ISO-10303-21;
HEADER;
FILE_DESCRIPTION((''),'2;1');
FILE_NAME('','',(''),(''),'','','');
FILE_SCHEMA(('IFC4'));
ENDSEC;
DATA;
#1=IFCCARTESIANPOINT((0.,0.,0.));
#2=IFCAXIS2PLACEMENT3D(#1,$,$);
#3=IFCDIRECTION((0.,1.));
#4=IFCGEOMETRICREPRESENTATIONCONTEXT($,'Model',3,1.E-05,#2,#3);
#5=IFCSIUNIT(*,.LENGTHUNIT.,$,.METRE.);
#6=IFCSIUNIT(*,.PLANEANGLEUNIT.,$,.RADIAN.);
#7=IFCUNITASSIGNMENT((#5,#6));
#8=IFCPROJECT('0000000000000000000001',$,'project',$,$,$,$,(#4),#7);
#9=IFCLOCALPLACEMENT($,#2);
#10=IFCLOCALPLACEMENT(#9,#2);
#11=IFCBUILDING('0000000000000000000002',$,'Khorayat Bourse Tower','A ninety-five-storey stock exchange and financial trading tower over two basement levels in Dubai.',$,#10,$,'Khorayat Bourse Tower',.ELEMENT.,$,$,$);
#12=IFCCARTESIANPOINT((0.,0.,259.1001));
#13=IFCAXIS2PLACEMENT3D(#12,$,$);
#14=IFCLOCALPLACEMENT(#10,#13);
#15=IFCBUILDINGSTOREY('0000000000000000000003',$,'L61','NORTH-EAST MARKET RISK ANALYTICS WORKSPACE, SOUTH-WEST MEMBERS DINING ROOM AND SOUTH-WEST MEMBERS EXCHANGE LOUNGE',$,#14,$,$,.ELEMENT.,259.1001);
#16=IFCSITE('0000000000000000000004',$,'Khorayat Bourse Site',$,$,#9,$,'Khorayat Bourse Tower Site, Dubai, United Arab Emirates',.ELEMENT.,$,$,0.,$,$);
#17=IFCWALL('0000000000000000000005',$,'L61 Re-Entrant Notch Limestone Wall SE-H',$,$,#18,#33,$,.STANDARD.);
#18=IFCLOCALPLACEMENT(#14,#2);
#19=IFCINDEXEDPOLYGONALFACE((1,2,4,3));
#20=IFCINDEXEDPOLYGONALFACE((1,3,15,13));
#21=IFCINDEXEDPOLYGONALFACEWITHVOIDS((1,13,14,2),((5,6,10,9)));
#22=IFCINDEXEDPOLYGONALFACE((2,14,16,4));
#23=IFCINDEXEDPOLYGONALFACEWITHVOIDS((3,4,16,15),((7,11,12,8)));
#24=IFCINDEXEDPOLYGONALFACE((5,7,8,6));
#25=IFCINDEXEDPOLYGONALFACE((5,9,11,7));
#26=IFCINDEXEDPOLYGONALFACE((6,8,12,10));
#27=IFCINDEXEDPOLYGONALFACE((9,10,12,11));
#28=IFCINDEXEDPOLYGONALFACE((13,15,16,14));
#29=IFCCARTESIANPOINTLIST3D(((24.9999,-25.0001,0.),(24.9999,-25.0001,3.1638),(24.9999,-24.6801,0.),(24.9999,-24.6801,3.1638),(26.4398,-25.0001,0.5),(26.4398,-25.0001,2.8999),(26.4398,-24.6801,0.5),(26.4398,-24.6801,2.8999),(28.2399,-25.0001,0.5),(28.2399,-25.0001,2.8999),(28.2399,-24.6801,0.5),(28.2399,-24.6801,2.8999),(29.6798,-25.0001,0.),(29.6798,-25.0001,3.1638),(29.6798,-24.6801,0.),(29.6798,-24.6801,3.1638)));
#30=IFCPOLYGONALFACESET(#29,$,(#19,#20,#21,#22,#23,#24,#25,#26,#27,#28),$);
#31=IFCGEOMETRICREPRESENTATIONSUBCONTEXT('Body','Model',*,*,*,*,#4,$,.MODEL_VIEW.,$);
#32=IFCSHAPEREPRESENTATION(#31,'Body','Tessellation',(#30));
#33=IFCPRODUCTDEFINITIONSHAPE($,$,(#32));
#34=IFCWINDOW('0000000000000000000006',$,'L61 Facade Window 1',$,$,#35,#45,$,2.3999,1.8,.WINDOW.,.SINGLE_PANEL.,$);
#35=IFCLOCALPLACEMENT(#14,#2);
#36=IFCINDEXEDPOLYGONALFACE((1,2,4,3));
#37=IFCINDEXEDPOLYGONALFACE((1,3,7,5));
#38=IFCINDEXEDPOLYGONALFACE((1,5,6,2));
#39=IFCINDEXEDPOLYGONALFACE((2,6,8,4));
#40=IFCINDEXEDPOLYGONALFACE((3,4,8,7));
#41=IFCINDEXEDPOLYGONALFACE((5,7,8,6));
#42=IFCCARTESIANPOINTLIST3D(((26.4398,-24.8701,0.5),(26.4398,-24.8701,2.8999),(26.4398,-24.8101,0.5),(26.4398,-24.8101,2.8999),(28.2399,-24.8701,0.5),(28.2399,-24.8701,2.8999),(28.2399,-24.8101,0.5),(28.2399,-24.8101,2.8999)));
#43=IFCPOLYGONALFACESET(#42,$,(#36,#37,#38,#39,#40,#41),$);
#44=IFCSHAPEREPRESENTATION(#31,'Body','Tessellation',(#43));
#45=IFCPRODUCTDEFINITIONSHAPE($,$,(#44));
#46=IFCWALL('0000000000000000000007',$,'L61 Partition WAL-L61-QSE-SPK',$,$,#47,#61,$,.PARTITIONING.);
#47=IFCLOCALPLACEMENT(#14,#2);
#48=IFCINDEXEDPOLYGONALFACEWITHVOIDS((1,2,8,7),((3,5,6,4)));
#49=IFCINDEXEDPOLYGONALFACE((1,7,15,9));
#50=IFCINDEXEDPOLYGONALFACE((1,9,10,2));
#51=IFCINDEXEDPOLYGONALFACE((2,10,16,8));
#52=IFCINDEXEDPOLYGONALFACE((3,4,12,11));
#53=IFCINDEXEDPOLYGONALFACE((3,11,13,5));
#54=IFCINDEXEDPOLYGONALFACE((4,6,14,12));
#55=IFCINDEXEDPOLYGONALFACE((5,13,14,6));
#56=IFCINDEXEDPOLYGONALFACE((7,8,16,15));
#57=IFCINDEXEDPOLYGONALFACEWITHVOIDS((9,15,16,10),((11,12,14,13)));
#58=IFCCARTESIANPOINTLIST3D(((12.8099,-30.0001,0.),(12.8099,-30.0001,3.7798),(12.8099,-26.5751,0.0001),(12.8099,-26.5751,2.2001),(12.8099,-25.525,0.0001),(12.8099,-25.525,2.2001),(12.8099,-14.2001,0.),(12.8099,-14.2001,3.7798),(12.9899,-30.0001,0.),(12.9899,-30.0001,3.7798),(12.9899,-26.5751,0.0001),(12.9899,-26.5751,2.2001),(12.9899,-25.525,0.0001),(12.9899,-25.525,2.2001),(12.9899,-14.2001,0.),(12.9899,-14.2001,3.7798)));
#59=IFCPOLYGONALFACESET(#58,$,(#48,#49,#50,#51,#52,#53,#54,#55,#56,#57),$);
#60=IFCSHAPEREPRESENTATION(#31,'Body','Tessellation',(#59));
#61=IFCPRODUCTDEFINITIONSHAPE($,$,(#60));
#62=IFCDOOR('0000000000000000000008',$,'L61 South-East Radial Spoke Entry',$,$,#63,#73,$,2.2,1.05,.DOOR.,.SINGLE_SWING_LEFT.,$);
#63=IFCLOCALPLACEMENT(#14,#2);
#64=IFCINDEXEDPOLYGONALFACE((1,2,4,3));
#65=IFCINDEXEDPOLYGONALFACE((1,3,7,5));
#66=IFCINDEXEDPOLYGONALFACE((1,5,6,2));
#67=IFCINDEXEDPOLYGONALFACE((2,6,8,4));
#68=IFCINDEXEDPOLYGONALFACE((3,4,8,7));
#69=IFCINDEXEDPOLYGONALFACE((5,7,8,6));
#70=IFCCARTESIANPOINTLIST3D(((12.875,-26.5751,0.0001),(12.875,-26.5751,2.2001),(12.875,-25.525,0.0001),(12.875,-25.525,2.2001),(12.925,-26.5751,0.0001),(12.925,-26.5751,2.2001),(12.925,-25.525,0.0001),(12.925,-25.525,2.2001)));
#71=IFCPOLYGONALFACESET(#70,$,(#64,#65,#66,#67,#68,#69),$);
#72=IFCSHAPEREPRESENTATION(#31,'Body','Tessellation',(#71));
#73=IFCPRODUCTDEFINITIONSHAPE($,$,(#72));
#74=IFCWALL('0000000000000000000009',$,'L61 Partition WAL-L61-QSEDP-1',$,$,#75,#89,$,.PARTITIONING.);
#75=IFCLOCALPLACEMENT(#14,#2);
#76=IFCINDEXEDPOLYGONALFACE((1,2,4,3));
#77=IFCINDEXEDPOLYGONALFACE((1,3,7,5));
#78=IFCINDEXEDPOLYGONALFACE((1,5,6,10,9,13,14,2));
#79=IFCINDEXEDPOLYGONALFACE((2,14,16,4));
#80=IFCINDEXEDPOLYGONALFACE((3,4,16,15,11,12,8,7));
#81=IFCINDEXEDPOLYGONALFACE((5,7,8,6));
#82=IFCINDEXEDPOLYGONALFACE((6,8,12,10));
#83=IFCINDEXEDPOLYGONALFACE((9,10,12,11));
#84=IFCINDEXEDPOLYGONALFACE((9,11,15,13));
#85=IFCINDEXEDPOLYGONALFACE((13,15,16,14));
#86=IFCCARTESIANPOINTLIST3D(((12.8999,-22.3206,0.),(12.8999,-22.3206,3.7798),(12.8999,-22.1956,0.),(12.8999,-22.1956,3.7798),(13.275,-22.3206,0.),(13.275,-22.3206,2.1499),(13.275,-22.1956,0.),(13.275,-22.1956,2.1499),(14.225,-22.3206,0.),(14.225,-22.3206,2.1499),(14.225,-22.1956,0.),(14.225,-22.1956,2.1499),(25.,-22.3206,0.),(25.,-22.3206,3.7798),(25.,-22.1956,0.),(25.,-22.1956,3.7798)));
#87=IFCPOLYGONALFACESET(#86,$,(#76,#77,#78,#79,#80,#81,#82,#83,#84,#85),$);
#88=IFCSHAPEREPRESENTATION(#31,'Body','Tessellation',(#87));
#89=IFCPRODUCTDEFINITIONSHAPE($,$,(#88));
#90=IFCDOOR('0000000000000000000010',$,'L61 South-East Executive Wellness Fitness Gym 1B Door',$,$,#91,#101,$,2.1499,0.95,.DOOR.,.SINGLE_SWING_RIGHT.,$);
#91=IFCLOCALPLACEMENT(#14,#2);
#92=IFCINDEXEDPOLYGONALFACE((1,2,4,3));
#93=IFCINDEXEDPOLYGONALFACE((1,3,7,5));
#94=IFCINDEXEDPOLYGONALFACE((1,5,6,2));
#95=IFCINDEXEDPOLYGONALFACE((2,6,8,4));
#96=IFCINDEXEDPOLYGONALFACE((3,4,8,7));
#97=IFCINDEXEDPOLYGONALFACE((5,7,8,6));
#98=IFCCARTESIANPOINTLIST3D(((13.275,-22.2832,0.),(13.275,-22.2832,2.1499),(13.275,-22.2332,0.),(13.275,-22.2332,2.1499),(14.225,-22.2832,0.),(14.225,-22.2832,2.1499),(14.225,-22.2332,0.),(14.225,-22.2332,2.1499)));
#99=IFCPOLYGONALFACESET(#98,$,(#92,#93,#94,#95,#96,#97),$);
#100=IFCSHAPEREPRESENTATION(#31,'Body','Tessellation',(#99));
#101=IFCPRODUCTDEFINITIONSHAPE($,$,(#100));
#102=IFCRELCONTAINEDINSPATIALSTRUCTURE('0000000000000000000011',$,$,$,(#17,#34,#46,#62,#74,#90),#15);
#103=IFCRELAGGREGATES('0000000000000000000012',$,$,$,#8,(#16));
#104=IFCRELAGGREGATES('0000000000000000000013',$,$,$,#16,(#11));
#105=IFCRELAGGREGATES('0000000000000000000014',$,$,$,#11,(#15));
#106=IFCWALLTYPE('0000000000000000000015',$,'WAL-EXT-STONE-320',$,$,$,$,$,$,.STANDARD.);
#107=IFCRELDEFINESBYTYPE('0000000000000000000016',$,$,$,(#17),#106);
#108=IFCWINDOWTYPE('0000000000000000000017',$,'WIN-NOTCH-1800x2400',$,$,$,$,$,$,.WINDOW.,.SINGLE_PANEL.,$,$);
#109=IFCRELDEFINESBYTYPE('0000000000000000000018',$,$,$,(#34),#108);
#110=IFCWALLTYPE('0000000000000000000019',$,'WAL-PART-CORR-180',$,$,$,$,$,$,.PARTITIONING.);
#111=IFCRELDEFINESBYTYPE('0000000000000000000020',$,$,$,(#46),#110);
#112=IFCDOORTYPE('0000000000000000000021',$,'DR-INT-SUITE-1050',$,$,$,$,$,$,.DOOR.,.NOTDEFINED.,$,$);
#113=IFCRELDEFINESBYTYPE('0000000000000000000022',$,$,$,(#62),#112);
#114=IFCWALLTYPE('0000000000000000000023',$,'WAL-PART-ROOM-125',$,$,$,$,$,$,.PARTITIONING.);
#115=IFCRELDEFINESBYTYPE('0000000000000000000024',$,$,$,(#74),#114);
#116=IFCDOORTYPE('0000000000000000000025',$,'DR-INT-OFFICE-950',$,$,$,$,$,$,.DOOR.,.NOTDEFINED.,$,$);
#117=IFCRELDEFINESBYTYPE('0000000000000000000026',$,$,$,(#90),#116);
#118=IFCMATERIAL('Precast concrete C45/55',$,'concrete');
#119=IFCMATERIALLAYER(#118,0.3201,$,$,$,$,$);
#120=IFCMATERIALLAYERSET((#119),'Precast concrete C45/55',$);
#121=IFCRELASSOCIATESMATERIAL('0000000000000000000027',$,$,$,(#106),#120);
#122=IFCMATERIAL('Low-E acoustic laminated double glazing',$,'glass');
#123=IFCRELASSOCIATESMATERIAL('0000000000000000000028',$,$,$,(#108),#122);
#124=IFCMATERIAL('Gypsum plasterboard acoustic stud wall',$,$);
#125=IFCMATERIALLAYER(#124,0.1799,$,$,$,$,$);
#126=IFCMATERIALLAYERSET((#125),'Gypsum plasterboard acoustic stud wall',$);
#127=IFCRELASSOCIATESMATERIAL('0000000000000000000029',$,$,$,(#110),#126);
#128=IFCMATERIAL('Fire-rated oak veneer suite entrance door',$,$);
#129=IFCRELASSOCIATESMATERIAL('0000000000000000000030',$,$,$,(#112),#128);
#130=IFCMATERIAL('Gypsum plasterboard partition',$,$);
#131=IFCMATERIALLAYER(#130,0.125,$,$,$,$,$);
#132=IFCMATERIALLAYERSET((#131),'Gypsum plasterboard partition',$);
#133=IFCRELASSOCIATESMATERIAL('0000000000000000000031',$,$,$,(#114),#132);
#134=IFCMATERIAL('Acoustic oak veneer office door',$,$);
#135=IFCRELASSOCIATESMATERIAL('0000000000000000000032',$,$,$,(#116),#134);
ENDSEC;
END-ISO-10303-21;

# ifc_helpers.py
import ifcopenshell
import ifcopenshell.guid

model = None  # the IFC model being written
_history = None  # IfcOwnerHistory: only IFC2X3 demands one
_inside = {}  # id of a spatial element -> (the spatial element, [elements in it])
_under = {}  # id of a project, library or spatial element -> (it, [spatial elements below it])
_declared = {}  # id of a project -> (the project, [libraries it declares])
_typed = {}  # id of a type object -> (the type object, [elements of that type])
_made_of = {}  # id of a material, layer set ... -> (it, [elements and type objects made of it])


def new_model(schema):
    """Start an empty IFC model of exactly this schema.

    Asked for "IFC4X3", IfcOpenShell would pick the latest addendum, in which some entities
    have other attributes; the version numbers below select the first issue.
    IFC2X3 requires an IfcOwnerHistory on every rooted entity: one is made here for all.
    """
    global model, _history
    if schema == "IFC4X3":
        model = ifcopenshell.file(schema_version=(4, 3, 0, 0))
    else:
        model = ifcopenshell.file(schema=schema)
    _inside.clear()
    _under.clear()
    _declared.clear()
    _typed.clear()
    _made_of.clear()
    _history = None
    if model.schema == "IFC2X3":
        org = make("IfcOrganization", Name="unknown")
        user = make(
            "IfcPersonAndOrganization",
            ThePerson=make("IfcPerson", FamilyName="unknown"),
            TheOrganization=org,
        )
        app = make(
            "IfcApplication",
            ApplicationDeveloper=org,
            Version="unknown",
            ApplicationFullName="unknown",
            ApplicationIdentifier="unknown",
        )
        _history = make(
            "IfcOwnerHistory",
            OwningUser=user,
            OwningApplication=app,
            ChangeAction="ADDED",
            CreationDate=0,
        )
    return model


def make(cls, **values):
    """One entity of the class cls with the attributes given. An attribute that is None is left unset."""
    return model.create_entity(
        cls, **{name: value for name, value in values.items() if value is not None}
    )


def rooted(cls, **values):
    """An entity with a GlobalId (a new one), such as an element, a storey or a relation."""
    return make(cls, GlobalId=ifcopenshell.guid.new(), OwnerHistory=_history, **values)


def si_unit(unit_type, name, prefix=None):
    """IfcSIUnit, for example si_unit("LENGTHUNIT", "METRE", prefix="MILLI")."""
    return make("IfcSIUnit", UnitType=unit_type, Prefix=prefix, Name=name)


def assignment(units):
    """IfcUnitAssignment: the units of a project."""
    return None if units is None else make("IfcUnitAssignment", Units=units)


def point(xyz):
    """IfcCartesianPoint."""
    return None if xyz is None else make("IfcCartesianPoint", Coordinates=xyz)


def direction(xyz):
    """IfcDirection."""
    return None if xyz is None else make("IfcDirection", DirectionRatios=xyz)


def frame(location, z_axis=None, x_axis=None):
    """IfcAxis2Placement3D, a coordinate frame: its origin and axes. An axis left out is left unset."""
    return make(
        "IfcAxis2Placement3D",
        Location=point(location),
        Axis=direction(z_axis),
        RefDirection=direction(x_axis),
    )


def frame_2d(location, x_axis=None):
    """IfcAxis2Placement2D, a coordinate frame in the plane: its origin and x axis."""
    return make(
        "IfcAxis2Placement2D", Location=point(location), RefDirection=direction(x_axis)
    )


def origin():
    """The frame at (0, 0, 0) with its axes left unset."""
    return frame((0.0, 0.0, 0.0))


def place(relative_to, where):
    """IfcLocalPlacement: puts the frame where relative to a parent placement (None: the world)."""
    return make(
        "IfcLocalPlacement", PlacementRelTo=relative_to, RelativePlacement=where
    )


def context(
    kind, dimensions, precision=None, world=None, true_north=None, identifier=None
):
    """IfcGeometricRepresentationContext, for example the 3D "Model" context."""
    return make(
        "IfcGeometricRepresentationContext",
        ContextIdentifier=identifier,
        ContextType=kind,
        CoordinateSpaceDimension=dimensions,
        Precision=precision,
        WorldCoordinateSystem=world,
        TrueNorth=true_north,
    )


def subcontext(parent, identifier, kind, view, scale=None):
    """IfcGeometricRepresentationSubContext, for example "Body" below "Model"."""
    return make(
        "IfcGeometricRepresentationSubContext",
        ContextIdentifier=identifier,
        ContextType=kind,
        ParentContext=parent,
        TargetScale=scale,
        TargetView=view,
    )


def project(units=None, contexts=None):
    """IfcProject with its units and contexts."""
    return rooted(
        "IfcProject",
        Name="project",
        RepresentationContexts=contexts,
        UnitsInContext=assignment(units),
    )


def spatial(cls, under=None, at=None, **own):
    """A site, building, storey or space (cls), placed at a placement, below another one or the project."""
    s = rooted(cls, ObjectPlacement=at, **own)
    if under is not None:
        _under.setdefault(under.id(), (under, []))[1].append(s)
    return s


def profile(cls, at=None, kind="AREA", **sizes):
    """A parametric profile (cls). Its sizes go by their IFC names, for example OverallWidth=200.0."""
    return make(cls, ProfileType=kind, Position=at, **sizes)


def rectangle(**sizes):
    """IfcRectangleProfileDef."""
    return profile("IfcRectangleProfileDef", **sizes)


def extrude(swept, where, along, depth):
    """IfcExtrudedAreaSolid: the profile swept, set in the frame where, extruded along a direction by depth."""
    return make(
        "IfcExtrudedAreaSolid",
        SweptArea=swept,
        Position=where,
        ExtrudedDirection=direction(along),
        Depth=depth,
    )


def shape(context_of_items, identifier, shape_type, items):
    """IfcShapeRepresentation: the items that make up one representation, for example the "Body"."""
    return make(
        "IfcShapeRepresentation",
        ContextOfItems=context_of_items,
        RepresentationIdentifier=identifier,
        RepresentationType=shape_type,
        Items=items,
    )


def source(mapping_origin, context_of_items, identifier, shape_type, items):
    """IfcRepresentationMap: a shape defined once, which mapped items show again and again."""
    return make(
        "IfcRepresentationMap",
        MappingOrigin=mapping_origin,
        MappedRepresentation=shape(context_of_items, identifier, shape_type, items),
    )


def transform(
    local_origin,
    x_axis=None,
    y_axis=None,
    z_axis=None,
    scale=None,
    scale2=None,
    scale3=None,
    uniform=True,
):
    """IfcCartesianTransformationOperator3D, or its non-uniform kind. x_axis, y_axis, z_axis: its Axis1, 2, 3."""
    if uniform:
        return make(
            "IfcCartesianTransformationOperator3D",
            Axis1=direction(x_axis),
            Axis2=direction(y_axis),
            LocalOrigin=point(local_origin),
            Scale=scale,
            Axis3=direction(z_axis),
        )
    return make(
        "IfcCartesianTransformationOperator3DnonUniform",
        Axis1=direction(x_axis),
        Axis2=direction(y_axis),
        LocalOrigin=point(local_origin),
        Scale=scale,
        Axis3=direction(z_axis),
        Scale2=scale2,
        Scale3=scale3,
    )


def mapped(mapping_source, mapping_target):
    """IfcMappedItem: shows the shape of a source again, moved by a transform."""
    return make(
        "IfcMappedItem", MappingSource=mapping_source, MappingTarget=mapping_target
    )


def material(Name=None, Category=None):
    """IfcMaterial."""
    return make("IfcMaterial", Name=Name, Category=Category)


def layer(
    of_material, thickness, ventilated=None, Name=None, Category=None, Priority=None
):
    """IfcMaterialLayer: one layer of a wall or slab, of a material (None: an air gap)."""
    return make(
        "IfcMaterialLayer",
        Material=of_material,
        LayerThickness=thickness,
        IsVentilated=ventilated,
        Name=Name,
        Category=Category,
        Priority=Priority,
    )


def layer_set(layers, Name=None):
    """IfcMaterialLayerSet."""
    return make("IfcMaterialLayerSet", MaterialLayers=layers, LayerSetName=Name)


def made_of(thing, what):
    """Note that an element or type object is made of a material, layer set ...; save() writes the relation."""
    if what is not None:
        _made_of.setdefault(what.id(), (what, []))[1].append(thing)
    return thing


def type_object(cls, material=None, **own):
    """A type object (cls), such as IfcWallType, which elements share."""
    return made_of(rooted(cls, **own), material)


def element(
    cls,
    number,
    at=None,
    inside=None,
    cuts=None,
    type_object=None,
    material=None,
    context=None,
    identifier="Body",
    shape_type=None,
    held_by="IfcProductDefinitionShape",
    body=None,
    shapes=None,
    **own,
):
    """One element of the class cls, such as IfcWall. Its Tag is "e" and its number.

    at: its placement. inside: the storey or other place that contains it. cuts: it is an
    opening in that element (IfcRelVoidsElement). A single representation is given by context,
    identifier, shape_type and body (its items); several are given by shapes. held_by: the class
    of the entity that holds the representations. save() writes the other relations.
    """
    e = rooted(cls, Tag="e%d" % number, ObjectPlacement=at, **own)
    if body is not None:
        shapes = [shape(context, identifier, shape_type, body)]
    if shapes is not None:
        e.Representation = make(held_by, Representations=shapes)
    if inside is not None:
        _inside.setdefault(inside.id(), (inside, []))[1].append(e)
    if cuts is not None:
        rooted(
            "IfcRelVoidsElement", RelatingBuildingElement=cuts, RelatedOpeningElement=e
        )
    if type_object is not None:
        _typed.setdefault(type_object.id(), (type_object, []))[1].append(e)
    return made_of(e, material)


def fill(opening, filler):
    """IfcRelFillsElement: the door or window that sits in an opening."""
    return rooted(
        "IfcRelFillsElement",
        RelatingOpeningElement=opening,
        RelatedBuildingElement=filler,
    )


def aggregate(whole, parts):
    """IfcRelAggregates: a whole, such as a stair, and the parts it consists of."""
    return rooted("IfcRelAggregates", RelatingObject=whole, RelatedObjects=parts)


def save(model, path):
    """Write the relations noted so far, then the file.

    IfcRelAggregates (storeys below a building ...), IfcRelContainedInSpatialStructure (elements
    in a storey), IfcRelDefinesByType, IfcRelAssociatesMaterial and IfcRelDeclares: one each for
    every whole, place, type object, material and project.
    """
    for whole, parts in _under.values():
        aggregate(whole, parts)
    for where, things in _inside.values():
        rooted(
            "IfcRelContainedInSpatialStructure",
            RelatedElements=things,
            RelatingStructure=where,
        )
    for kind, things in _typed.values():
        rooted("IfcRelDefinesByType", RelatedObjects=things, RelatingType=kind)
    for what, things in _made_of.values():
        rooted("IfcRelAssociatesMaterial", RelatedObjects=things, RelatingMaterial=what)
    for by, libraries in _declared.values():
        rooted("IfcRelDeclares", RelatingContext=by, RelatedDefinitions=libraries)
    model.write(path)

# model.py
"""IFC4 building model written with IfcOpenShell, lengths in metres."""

from ifc_helpers import new_model, si_unit, direction, frame, frame_2d, origin, place, context, subcontext, project, spatial, rectangle, extrude, source, transform, mapped, material, layer, layer_set, type_object, element, fill, save


model = new_model("IFC4")

# Units and contexts
model_context = context("Model", 3, precision=1e-05, world=origin(), true_north=direction((0.0, 1.0)))
body_context = subcontext(model_context, "Body", "Model", "MODEL_VIEW")
ifc_project = project(units=[si_unit("LENGTHUNIT", "METRE"), si_unit("PLANEANGLEUNIT", "RADIAN")], contexts=[model_context])

# Site, building, storey
site_placement = place(None, origin())
site = spatial("IfcSite", under=ifc_project, at=site_placement, Name="Khorayat Bourse Site", LongName="Khorayat Bourse Tower Site, Dubai, United Arab Emirates", CompositionType="ELEMENT", RefElevation=0.0)
building_placement = place(site_placement, origin())
building = spatial("IfcBuilding", under=site, at=building_placement, Name="Khorayat Bourse Tower", Description="A ninety-five-storey stock exchange and financial trading tower over two basement levels in Dubai.", LongName="Khorayat Bourse Tower", CompositionType="ELEMENT")
storey_placement = place(building_placement, frame((0.0, 0.0, 259.1001)))
storey = spatial("IfcBuildingStorey", under=building, at=storey_placement, Name="L61", Description="NORTH-EAST MARKET RISK ANALYTICS WORKSPACE, SOUTH-WEST MEMBERS DINING ROOM AND SOUTH-WEST MEMBERS EXCHANGE LOUNGE", CompositionType="ELEMENT", Elevation=259.1001)

# Wall, opening, window
ifc_material_1 = material(Name="Precast concrete C45/55", Category="concrete")
ifc_layer_1 = layer(ifc_material_1, 0.3201)
ifc_layer_set_1 = layer_set([ifc_layer_1], Name="Precast concrete C45/55")
wall_type_1 = type_object("IfcWallType", Name="WAL-EXT-STONE-320", PredefinedType="STANDARD", material=ifc_layer_set_1)
shared_shape_1 = source(origin(), body_context, "Body", "SweptSolid", [
    extrude(rectangle(XDim=4.6799, YDim=0.3201, at=frame_2d((2.3398, 0.0))), origin(), (0.0, 0.0, 1.0), 3.1638),
])
shared_shape_2 = source(origin(), body_context, "Body", "SweptSolid", [
    extrude(rectangle(XDim=1.8, YDim=2.3999, at=frame_2d((0.8999, 1.2))), frame((0.0, 0.1699, 0.0), z_axis=(0.0, -1.0, 0.0), x_axis=(1.0, 0.0, 0.0)), (0.0, 0.0, 1.0), 0.3401),
])
ifc_material_2 = material(Name="Low-E acoustic laminated double glazing", Category="glass")
window_type = type_object("IfcWindowType", Name="WIN-NOTCH-1800x2400", PartitioningType="SINGLE_PANEL", PredefinedType="WINDOW", material=ifc_material_2)
shared_shape_3 = source(origin(), body_context, "Body", "SweptSolid", [
    extrude(rectangle(XDim=1.8, YDim=2.3999, at=frame_2d((0.8999, 1.2))), frame((0.0, 0.03, 0.0), z_axis=(0.0, -1.0, 0.0), x_axis=(1.0, 0.0, 0.0)), (0.0, 0.0, 1.0), 0.0601),
])
wall_1_placement = place(storey_placement, frame((25.0, -24.8401, 0.0), z_axis=(0.0, 0.0, 1.0), x_axis=(1.0, 0.0, 0.0)))
wall_1 = element("IfcWall", 1, at=wall_1_placement, inside=storey, type_object=wall_type_1, Name="L61 Re-Entrant Notch Limestone Wall SE-H", PredefinedType="STANDARD", context=body_context, shape_type="MappedRepresentation", body=[
    mapped(shared_shape_1, transform((0.0, 0.0, 0.0), scale=1.0)),
])
opening_1_placement = place(wall_1_placement, frame((1.4399, 0.0, 0.5)))
opening_1 = element("IfcOpeningElement", 2, at=opening_1_placement, cuts=wall_1, PredefinedType="OPENING", context=body_context, shape_type="MappedRepresentation", body=[
    mapped(shared_shape_2, transform((0.0, 0.0, 0.0), scale=1.0)),
])
window_1_placement = place(opening_1_placement, origin())
window_1 = element("IfcWindow", 3, at=window_1_placement, inside=storey, type_object=window_type, Name="L61 Facade Window 1", OverallHeight=2.3999, OverallWidth=1.8, PartitioningType="SINGLE_PANEL", PredefinedType="WINDOW", context=body_context, shape_type="MappedRepresentation", body=[
    mapped(shared_shape_3, transform((0.0, 0.0, 0.0), scale=1.0)),
])
fill(opening_1, window_1)

# Walls, openings, doors
ifc_material_3 = material(Name="Gypsum plasterboard acoustic stud wall")
ifc_layer_2 = layer(ifc_material_3, 0.1799)
ifc_layer_set_2 = layer_set([ifc_layer_2], Name="Gypsum plasterboard acoustic stud wall")
wall_type_2 = type_object("IfcWallType", Name="WAL-PART-CORR-180", PredefinedType="PARTITIONING", material=ifc_layer_set_2)
shared_shape_4 = source(origin(), body_context, "Body", "SweptSolid", [
    extrude(rectangle(XDim=15.8, YDim=0.1799, at=frame_2d((7.8999, 0.0))), origin(), (0.0, 0.0, 1.0), 3.7798),
])
wall_2_placement = place(storey_placement, frame((12.8999, -30.0, 0.0), z_axis=(0.0, 0.0, 1.0), x_axis=(0.0, 1.0, 0.0)))
wall_2 = element("IfcWall", 4, at=wall_2_placement, inside=storey, type_object=wall_type_2, Name="L61 Partition WAL-L61-QSE-SPK", PredefinedType="PARTITIONING", context=body_context, shape_type="MappedRepresentation", body=[
    mapped(shared_shape_4, transform((0.0, 0.0, 0.0), scale=1.0)),
])
shared_shape_5 = source(origin(), body_context, "Body", "SweptSolid", [
    extrude(rectangle(XDim=1.05, YDim=2.2, at=frame_2d((0.5249, 1.1001))), frame((0.0, 0.0999, 0.0), z_axis=(0.0, -1.0, 0.0), x_axis=(1.0, 0.0, 0.0)), (0.0, 0.0, 1.0), 0.2),
])
opening_2_placement = place(wall_2_placement, frame((3.425, 0.0, 0.0)))
opening_2 = element("IfcOpeningElement", 5, at=opening_2_placement, cuts=wall_2, PredefinedType="OPENING", context=body_context, shape_type="MappedRepresentation", body=[
    mapped(shared_shape_5, transform((0.0, 0.0, 0.0), scale=1.0)),
])
ifc_material_4 = material(Name="Fire-rated oak veneer suite entrance door")
door_type_1 = type_object("IfcDoorType", Name="DR-INT-SUITE-1050", OperationType="NOTDEFINED", PredefinedType="DOOR", material=ifc_material_4)
shared_shape_6 = source(origin(), body_context, "Body", "SweptSolid", [
    extrude(rectangle(XDim=1.05, YDim=2.2, at=frame_2d((0.5249, 1.1001))), frame((0.0, 0.0249, 0.0), z_axis=(0.0, -1.0, 0.0), x_axis=(1.0, 0.0, 0.0)), (0.0, 0.0, 1.0), 0.05),
])
door_1_placement = place(opening_2_placement, origin())
door_1 = element("IfcDoor", 6, at=door_1_placement, inside=storey, type_object=door_type_1, Name="L61 South-East Radial Spoke Entry", OperationType="SINGLE_SWING_LEFT", OverallHeight=2.2, OverallWidth=1.05, PredefinedType="DOOR", context=body_context, shape_type="MappedRepresentation", body=[
    mapped(shared_shape_6, transform((0.0, 0.0, 0.0), scale=1.0)),
])
fill(opening_2, door_1)
ifc_material_5 = material(Name="Gypsum plasterboard partition")
ifc_layer_3 = layer(ifc_material_5, 0.125)
ifc_layer_set_3 = layer_set([ifc_layer_3], Name="Gypsum plasterboard partition")
wall_type_3 = type_object("IfcWallType", Name="WAL-PART-ROOM-125", PredefinedType="PARTITIONING", material=ifc_layer_set_3)
shared_shape_7 = source(origin(), body_context, "Body", "SweptSolid", [
    extrude(rectangle(XDim=12.1001, YDim=0.125, at=frame_2d((6.05, 0.0))), origin(), (0.0, 0.0, 1.0), 3.7798),
])
wall_3_placement = place(storey_placement, frame((12.8999, -22.2581, 0.0), z_axis=(0.0, 0.0, 1.0), x_axis=(1.0, 0.0, 0.0)))
wall_3 = element("IfcWall", 7, at=wall_3_placement, inside=storey, type_object=wall_type_3, Name="L61 Partition WAL-L61-QSEDP-1", PredefinedType="PARTITIONING", context=body_context, shape_type="MappedRepresentation", body=[
    mapped(shared_shape_7, transform((0.0, 0.0, 0.0), scale=1.0)),
])
shared_shape_8 = source(origin(), body_context, "Body", "SweptSolid", [
    extrude(rectangle(XDim=0.95, YDim=2.1499, at=frame_2d((0.4751, 1.075))), frame((0.0, 0.0725, 0.0), z_axis=(0.0, -1.0, 0.0), x_axis=(1.0, 0.0, 0.0)), (0.0, 0.0, 1.0), 0.145),
])
opening_3_placement = place(wall_3_placement, frame((0.375, 0.0, 0.0)))
opening_3 = element("IfcOpeningElement", 8, at=opening_3_placement, cuts=wall_3, PredefinedType="OPENING", context=body_context, shape_type="MappedRepresentation", body=[
    mapped(shared_shape_8, transform((0.0, 0.0, 0.0), scale=1.0)),
])
ifc_material_6 = material(Name="Acoustic oak veneer office door")
door_type_2 = type_object("IfcDoorType", Name="DR-INT-OFFICE-950", OperationType="NOTDEFINED", PredefinedType="DOOR", material=ifc_material_6)
shared_shape_9 = source(origin(), body_context, "Body", "SweptSolid", [
    extrude(rectangle(XDim=0.95, YDim=2.1499, at=frame_2d((0.4751, 1.075))), frame((0.0, 0.0249, 0.0), z_axis=(0.0, -1.0, 0.0), x_axis=(1.0, 0.0, 0.0)), (0.0, 0.0, 1.0), 0.05),
])
door_2_placement = place(opening_3_placement, origin())
door_2 = element("IfcDoor", 9, at=door_2_placement, inside=storey, type_object=door_type_2, Name="L61 South-East Executive Wellness Fitness Gym 1B Door", OperationType="SINGLE_SWING_RIGHT", OverallHeight=2.1499, OverallWidth=0.95, PredefinedType="DOOR", context=body_context, shape_type="MappedRepresentation", body=[
    mapped(shared_shape_9, transform((0.0, 0.0, 0.0), scale=1.0)),
])
fill(opening_3, door_2)

save(model, "model.ifc")
